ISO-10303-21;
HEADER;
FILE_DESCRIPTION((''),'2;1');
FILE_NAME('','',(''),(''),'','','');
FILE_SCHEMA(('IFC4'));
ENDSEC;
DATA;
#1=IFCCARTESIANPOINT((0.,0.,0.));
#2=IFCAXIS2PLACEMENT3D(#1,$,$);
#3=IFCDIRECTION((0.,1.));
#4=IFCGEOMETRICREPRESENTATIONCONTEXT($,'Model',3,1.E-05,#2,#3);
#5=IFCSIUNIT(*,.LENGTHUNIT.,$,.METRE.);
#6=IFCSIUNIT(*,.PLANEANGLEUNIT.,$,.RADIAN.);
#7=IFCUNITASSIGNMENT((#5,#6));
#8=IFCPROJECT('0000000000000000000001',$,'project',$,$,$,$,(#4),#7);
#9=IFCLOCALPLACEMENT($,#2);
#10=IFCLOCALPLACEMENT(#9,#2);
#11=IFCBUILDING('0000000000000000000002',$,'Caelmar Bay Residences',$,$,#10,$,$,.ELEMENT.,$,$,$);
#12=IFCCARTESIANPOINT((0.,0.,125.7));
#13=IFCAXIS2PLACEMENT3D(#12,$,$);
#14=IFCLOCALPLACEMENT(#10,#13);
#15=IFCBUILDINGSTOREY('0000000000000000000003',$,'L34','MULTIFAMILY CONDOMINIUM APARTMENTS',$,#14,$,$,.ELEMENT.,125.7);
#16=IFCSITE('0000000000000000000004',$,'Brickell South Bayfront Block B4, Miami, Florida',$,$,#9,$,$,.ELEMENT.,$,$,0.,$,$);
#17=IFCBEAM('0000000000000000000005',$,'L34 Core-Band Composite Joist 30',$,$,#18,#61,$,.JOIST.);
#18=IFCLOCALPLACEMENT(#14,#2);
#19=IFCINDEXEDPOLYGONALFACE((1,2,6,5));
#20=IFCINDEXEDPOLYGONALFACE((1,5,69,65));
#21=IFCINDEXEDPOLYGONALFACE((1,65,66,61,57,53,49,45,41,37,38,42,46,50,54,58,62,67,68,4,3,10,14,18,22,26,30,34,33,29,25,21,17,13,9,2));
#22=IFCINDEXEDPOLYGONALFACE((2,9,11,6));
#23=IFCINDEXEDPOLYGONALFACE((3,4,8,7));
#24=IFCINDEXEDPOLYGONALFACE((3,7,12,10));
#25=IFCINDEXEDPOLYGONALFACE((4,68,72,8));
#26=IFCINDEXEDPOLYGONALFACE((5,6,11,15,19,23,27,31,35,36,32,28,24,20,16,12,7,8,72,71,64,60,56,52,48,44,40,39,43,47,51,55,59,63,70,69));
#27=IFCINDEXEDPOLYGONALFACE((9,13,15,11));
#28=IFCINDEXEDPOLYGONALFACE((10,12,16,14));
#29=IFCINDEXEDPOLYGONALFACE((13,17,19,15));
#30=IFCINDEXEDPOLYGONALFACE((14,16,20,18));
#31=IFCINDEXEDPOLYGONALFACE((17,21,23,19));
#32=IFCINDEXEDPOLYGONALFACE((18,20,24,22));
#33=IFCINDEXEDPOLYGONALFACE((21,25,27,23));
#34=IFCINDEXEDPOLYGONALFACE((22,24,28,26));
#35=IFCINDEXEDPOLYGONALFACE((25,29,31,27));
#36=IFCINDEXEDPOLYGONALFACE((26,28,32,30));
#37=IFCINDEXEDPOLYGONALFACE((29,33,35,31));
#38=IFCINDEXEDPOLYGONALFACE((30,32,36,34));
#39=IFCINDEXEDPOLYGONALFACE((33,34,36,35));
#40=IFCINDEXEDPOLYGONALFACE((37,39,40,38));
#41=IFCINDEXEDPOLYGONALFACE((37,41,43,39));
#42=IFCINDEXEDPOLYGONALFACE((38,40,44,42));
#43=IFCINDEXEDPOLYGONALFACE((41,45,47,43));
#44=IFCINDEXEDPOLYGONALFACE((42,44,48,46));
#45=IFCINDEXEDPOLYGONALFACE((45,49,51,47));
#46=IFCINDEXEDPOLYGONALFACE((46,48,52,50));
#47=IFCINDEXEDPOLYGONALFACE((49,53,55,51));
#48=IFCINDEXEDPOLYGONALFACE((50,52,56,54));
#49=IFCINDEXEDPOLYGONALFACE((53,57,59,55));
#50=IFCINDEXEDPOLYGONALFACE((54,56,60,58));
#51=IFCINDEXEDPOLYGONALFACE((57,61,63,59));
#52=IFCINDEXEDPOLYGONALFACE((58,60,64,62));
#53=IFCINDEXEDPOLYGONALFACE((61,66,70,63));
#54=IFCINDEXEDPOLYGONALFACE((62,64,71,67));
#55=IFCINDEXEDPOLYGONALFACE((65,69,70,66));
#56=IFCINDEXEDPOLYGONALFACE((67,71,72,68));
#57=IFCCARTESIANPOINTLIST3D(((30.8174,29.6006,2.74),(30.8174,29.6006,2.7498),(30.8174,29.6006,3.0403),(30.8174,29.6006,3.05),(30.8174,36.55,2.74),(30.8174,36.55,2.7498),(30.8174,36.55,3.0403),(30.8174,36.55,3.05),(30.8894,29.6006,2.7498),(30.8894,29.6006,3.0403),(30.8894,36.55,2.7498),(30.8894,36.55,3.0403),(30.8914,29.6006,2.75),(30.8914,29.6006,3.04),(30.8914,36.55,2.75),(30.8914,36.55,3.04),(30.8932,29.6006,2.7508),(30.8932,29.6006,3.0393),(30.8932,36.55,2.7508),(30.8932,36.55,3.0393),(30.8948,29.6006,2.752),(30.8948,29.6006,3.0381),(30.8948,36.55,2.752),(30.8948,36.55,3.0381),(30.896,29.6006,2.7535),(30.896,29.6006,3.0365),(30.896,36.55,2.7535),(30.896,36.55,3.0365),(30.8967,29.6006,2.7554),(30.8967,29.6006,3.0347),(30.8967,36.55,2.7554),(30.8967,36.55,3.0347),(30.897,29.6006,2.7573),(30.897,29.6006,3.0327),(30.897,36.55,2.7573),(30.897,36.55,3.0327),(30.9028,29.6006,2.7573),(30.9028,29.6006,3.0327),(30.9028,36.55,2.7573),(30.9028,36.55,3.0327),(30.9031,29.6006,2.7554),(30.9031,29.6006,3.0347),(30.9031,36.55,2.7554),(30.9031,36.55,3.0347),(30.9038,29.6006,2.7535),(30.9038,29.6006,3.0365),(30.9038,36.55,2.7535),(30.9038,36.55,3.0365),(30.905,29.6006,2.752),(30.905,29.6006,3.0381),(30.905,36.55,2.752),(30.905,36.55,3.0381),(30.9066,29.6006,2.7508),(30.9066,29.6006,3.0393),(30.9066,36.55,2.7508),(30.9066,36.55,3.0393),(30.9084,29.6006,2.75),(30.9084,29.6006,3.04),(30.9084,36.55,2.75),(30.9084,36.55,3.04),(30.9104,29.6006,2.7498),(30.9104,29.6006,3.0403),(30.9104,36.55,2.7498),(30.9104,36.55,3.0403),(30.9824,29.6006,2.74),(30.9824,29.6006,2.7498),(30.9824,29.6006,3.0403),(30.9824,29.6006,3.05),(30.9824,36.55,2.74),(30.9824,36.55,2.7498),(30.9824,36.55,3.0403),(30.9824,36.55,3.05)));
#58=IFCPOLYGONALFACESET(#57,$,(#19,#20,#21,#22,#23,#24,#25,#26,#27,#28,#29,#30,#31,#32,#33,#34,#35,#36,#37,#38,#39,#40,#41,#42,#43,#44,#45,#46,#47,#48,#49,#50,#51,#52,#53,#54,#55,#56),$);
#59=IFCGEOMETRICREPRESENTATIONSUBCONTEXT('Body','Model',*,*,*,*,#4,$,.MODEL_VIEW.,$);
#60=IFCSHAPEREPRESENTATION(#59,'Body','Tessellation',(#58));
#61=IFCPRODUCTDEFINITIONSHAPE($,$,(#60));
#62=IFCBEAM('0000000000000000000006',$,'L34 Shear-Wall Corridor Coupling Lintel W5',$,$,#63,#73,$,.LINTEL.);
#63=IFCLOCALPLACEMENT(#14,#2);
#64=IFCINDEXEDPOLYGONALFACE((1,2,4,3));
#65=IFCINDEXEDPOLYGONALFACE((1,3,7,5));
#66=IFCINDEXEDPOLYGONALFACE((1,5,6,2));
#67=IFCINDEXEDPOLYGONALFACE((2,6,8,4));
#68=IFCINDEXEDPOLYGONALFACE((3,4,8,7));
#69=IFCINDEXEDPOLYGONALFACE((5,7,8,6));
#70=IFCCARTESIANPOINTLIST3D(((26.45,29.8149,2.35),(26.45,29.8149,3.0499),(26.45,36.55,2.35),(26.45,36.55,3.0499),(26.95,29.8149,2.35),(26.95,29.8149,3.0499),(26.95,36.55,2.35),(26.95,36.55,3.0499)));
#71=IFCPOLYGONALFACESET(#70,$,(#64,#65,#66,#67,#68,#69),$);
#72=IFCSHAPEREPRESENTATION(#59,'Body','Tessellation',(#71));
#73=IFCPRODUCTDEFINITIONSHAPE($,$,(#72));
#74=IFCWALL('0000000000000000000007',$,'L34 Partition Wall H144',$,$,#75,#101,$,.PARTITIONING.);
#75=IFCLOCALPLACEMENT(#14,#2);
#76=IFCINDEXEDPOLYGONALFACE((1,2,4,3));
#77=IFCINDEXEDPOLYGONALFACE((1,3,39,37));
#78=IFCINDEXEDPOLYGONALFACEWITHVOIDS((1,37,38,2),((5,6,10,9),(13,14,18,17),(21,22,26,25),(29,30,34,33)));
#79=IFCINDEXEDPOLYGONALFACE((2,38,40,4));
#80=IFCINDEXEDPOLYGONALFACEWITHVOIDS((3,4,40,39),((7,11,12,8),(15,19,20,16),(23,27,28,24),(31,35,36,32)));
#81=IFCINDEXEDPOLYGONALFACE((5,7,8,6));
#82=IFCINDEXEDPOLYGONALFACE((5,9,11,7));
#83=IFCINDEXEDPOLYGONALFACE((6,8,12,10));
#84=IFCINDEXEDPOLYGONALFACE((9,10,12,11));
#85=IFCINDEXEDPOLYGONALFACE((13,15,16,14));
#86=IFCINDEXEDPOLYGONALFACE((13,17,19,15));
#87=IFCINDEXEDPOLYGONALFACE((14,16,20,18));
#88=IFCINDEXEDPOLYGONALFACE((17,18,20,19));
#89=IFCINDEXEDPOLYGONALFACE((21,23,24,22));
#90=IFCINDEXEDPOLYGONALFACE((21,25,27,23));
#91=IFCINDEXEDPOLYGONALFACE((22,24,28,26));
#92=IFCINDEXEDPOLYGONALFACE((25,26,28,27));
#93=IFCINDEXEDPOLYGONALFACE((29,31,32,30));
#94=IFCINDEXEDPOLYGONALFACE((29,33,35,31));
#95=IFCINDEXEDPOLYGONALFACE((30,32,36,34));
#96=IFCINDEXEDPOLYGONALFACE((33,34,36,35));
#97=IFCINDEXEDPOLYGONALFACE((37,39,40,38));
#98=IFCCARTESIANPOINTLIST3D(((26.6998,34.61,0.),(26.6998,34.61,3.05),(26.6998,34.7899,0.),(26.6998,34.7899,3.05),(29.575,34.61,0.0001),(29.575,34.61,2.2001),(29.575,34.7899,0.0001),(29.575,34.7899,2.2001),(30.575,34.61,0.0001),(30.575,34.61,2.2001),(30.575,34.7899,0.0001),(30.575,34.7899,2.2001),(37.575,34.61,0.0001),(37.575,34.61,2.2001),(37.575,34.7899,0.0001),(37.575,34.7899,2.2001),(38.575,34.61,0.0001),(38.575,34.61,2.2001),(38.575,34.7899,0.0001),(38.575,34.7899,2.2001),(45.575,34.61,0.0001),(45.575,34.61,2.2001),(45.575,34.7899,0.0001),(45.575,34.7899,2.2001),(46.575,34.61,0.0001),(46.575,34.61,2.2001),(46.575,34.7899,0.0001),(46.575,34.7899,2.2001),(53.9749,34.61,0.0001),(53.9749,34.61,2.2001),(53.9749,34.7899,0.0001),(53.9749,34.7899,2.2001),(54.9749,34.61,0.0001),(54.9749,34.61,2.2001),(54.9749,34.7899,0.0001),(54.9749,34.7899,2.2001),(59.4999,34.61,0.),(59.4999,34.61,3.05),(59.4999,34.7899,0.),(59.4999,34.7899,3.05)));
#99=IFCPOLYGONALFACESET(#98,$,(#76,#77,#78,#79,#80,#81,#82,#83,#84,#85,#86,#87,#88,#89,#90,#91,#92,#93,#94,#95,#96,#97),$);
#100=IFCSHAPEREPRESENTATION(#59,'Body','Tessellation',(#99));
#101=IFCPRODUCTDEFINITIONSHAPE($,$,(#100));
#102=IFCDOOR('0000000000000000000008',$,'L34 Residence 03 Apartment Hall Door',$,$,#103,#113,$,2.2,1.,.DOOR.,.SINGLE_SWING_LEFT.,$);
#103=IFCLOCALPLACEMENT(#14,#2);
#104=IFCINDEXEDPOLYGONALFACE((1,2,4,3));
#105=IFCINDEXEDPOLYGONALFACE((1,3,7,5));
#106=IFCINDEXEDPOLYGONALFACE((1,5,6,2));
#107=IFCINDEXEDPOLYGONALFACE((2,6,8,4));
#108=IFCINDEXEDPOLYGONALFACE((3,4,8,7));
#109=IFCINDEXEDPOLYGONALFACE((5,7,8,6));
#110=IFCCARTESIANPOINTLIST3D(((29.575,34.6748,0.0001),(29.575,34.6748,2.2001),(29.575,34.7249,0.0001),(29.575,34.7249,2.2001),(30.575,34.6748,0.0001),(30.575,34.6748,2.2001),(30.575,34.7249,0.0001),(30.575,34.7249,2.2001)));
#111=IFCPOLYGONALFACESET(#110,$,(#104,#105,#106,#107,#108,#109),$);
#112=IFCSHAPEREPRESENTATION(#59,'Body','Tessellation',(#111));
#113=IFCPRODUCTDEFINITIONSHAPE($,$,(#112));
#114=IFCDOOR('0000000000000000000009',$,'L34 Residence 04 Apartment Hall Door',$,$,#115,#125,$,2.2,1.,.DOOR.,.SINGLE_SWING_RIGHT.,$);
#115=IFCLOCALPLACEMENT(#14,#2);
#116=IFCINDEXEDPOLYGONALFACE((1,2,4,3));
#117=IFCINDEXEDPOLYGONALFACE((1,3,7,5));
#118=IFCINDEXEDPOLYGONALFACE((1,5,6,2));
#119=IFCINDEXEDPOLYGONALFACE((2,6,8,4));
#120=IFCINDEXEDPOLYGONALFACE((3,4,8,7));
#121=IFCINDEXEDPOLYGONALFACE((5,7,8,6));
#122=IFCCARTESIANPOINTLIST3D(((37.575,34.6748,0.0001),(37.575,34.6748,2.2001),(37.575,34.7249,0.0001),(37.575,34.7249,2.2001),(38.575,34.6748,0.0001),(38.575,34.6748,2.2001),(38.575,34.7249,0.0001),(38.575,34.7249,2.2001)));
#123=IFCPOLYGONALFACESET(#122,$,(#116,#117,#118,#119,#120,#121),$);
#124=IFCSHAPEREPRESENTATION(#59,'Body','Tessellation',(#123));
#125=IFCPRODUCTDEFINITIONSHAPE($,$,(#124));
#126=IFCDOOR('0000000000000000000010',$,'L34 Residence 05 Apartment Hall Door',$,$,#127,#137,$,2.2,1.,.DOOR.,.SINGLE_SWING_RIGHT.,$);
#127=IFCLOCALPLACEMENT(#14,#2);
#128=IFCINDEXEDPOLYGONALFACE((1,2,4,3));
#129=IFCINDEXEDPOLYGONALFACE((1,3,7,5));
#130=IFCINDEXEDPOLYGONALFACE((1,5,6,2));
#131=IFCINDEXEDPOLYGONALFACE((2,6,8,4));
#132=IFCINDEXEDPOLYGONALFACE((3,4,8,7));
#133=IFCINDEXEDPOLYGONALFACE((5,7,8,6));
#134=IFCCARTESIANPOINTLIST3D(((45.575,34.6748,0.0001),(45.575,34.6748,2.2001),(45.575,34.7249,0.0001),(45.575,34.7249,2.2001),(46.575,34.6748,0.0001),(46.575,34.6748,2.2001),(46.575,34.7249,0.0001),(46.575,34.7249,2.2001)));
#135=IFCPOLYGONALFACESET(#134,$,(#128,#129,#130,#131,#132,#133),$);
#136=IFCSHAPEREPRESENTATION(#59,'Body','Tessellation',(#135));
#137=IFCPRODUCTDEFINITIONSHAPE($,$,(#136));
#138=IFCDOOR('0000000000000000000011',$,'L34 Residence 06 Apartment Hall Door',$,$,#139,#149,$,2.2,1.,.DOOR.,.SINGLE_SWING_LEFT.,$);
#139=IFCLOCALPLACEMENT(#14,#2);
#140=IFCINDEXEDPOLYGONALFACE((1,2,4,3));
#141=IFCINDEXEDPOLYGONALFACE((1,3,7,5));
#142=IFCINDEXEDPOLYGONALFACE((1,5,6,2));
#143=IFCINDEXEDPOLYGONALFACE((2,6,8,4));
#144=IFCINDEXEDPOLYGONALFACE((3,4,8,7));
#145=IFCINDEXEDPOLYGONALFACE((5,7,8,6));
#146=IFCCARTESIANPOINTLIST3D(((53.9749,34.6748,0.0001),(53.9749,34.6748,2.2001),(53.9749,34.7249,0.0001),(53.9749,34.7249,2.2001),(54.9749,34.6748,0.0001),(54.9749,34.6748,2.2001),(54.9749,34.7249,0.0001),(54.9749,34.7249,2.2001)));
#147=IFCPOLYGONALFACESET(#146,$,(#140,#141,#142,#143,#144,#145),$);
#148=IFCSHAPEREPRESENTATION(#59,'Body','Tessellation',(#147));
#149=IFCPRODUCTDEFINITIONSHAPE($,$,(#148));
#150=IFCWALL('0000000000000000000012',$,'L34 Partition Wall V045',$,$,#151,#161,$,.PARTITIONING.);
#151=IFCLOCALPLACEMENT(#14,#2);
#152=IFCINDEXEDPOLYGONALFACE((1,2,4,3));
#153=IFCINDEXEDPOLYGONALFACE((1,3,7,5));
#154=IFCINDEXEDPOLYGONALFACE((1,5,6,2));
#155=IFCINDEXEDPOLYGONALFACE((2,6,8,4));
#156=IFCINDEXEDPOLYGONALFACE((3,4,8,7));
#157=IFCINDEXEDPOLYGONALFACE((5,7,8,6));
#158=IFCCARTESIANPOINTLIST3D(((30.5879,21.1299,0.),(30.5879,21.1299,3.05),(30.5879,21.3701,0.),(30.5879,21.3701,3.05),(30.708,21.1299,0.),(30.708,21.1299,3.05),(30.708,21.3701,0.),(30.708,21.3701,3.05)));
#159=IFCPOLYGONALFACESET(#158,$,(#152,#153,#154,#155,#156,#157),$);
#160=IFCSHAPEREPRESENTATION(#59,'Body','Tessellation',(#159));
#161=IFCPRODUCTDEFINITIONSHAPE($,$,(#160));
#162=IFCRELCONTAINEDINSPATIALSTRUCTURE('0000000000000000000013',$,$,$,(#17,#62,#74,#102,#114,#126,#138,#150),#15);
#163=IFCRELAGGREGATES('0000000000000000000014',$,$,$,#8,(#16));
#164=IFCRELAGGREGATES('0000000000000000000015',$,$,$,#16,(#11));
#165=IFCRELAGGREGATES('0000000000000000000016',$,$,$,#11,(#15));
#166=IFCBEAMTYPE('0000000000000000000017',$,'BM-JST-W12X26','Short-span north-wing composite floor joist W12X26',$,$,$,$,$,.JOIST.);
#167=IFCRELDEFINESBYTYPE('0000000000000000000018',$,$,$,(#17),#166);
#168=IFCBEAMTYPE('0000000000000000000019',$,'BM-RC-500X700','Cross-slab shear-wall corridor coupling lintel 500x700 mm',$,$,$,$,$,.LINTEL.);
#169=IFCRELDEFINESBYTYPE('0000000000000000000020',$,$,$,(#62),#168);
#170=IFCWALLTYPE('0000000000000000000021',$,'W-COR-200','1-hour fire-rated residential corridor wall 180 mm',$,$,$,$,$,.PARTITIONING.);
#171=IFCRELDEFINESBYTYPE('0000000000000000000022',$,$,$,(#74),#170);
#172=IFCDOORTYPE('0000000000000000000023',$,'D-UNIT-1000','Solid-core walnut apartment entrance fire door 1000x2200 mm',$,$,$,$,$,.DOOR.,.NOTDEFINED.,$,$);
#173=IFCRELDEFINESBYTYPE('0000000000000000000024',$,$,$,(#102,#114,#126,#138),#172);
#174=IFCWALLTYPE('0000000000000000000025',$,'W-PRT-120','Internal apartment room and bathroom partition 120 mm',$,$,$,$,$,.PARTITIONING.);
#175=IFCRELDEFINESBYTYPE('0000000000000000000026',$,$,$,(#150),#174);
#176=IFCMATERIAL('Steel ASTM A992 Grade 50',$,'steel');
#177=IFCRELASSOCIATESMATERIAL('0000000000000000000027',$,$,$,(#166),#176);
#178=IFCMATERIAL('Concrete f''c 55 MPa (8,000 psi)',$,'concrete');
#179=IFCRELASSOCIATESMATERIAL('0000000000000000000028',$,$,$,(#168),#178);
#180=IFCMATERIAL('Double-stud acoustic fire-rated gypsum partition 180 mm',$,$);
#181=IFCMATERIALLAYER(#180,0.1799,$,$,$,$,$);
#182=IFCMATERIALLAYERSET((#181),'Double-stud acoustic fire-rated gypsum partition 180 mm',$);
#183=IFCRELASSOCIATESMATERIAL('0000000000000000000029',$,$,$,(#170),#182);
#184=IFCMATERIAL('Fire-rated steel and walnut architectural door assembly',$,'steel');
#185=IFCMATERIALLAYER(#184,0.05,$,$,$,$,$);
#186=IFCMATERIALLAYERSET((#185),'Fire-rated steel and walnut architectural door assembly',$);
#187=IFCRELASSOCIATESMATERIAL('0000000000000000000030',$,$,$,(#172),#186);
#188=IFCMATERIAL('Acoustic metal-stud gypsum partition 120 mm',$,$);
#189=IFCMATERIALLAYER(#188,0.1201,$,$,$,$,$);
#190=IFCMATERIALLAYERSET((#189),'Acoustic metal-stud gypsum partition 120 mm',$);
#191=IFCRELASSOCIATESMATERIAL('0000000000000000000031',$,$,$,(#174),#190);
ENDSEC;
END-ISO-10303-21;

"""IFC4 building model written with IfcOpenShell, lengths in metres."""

from ifc_helpers import new_model, si_unit, direction, frame, frame_2d, origin, origin_2d, place, context, subcontext, project, spatial, rectangle, i_section, extrude, material, layer, layer_set, material_profile, profile_set, type_object, element, fill, save


model = new_model("IFC4")

# Units and contexts
model_context = context("Model", 3, precision=1e-05, world=origin(), true_north=direction((0.0, 1.0)))
body_context = subcontext(model_context, "Body", "Model", "MODEL_VIEW")
ifc_project = project(units=[si_unit("LENGTHUNIT", "METRE"), si_unit("PLANEANGLEUNIT", "RADIAN")], contexts=[model_context])

# Site, building, storey
site_placement = place(None, origin())
site = spatial("IfcSite", under=ifc_project, at=site_placement, Name="Brickell South Bayfront Block B4, Miami, Florida", CompositionType="ELEMENT", RefElevation=0.0)
building_placement = place(site_placement, origin())
building = spatial("IfcBuilding", under=site, at=building_placement, Name="Caelmar Bay Residences", CompositionType="ELEMENT")
storey_placement = place(building_placement, frame((0.0, 0.0, 125.7)))
storey = spatial("IfcBuildingStorey", under=building, at=storey_placement, Name="L34", Description="MULTIFAMILY CONDOMINIUM APARTMENTS", CompositionType="ELEMENT", Elevation=125.7)

# Beams
ifc_material_1 = material(Name="Steel ASTM A992 Grade 50", Category="steel")
ifc_material_profile_1 = material_profile(ifc_material_1, i_section(OverallWidth=0.165, OverallDepth=0.3101, WebThickness=0.0059, FlangeThickness=0.0098, FilletRadius=0.0076, at=origin_2d()), Name="W12X26")
ifc_profile_set_1 = profile_set([ifc_material_profile_1], Name="Steel ASTM A992 Grade 50")
beam_type_1 = type_object("IfcBeamType", Name="BM-JST-W12X26", Description="Short-span north-wing composite floor joist W12X26", PredefinedType="JOIST", material=ifc_profile_set_1)
beam_1_placement = place(storey_placement, frame((30.8999, 29.6006, 2.895), z_axis=(0.0, 1.0, 0.0), x_axis=(-1.0, 0.0, 0.0)))
element("IfcBeam", 1, at=beam_1_placement, inside=storey, type_object=beam_type_1, Name="L34 Core-Band Composite Joist 30", PredefinedType="JOIST", context=body_context, shape_type="SweptSolid", body=[
    extrude(i_section(OverallWidth=0.165, OverallDepth=0.3101, WebThickness=0.0059, FlangeThickness=0.0098, FilletRadius=0.0076, at=origin_2d()), origin(), (0.0, 0.0, 1.0), 6.9495),
])
ifc_material_2 = material(Name="Concrete f'c 55 MPa (8,000 psi)", Category="concrete")
ifc_material_profile_2 = material_profile(ifc_material_2, rectangle(XDim=0.5, YDim=0.7, at=origin_2d()), Name="RC-BM-500X700")
ifc_profile_set_2 = profile_set([ifc_material_profile_2], Name="Concrete f'c 55 MPa (8,000 psi)")
beam_type_2 = type_object("IfcBeamType", Name="BM-RC-500X700", Description="Cross-slab shear-wall corridor coupling lintel 500x700 mm", PredefinedType="LINTEL", material=ifc_profile_set_2)
beam_2_placement = place(storey_placement, frame((26.7, 29.8149, 2.7), z_axis=(0.0, 1.0, 0.0), x_axis=(-1.0, 0.0, 0.0)))
element("IfcBeam", 2, at=beam_2_placement, inside=storey, type_object=beam_type_2, Name="L34 Shear-Wall Corridor Coupling Lintel W5", PredefinedType="LINTEL", context=body_context, shape_type="SweptSolid", body=[
    extrude(rectangle(XDim=0.5, YDim=0.7, at=origin_2d()), origin(), (0.0, 0.0, 1.0), 6.7351),
])

# Wall, openings, doors
ifc_material_3 = material(Name="Double-stud acoustic fire-rated gypsum partition 180 mm")
ifc_layer_1 = layer(ifc_material_3, 0.1799)
ifc_layer_set_1 = layer_set([ifc_layer_1], Name="Double-stud acoustic fire-rated gypsum partition 180 mm")
wall_type_1 = type_object("IfcWallType", Name="W-COR-200", Description="1-hour fire-rated residential corridor wall 180 mm", PredefinedType="PARTITIONING", material=ifc_layer_set_1)
wall_1_placement = place(storey_placement, frame((26.7, 34.7, 0.0), z_axis=(0.0, 0.0, 1.0), x_axis=(1.0, 0.0, 0.0)))
wall_1 = element("IfcWall", 3, at=wall_1_placement, inside=storey, type_object=wall_type_1, Name="L34 Partition Wall H144", PredefinedType="PARTITIONING", context=body_context, shape_type="SweptSolid", body=[
    extrude(rectangle(XDim=32.8, YDim=0.1799, at=frame_2d((16.3999, 0.0))), origin(), (0.0, 0.0, 1.0), 3.05),
])
opening_1_placement = place(wall_1_placement, frame((2.875, 0.0, 0.0)))
opening_1 = element("IfcOpeningElement", 4, at=opening_1_placement, cuts=wall_1, PredefinedType="OPENING", context=body_context, shape_type="SweptSolid", body=[
    extrude(rectangle(XDim=1.0, YDim=2.2, at=frame_2d((0.5, 1.1001))), frame((0.0, 0.0999, 0.0), z_axis=(0.0, -1.0, 0.0), x_axis=(1.0, 0.0, 0.0)), (0.0, 0.0, 1.0), 0.2),
])
opening_2_placement = place(wall_1_placement, frame((10.875, 0.0, 0.0)))
opening_2 = element("IfcOpeningElement", 5, at=opening_2_placement, cuts=wall_1, PredefinedType="OPENING", context=body_context, shape_type="SweptSolid", body=[
    extrude(rectangle(XDim=1.0, YDim=2.2, at=frame_2d((0.5, 1.1001))), frame((0.0, 0.0999, 0.0), z_axis=(0.0, -1.0, 0.0), x_axis=(1.0, 0.0, 0.0)), (0.0, 0.0, 1.0), 0.2),
])
opening_3_placement = place(wall_1_placement, frame((18.875, 0.0, 0.0)))
opening_3 = element("IfcOpeningElement", 6, at=opening_3_placement, cuts=wall_1, PredefinedType="OPENING", context=body_context, shape_type="SweptSolid", body=[
    extrude(rectangle(XDim=1.0, YDim=2.2, at=frame_2d((0.5, 1.1001))), frame((0.0, 0.0999, 0.0), z_axis=(0.0, -1.0, 0.0), x_axis=(1.0, 0.0, 0.0)), (0.0, 0.0, 1.0), 0.2),
])
opening_4_placement = place(wall_1_placement, frame((27.2749, 0.0, 0.0)))
opening_4 = element("IfcOpeningElement", 7, at=opening_4_placement, cuts=wall_1, PredefinedType="OPENING", context=body_context, shape_type="SweptSolid", body=[
    extrude(rectangle(XDim=1.0, YDim=2.2, at=frame_2d((0.5, 1.1001))), frame((0.0, 0.0999, 0.0), z_axis=(0.0, -1.0, 0.0), x_axis=(1.0, 0.0, 0.0)), (0.0, 0.0, 1.0), 0.2),
])
ifc_material_4 = material(Name="Fire-rated steel and walnut architectural door assembly", Category="steel")
ifc_layer_2 = layer(ifc_material_4, 0.05)
ifc_layer_set_2 = layer_set([ifc_layer_2], Name="Fire-rated steel and walnut architectural door assembly")
door_type_1 = type_object("IfcDoorType", Name="D-UNIT-1000", Description="Solid-core walnut apartment entrance fire door 1000x2200 mm", OperationType="NOTDEFINED", PredefinedType="DOOR", material=ifc_layer_set_2)
door_1_placement = place(opening_1_placement, origin())
door_1 = element("IfcDoor", 8, at=door_1_placement, inside=storey, type_object=door_type_1, Name="L34 Residence 03 Apartment Hall Door", OperationType="SINGLE_SWING_LEFT", OverallHeight=2.2, OverallWidth=1.0, PredefinedType="DOOR", context=body_context, shape_type="SweptSolid", body=[
    extrude(rectangle(XDim=1.0, YDim=2.2, at=frame_2d((0.5, 1.1001))), frame((0.0, 0.0249, 0.0), z_axis=(0.0, -1.0, 0.0), x_axis=(1.0, 0.0, 0.0)), (0.0, 0.0, 1.0), 0.05),
])
fill(opening_1, door_1)
door_2_placement = place(opening_2_placement, origin())
door_2 = element("IfcDoor", 9, at=door_2_placement, inside=storey, type_object=door_type_1, Name="L34 Residence 04 Apartment Hall Door", OperationType="SINGLE_SWING_RIGHT", OverallHeight=2.2, OverallWidth=1.0, PredefinedType="DOOR", context=body_context, shape_type="SweptSolid", body=[
    extrude(rectangle(XDim=1.0, YDim=2.2, at=frame_2d((0.5, 1.1001))), frame((0.0, 0.0249, 0.0), z_axis=(0.0, -1.0, 0.0), x_axis=(1.0, 0.0, 0.0)), (0.0, 0.0, 1.0), 0.05),
])
fill(opening_2, door_2)
door_3_placement = place(opening_3_placement, origin())
door_3 = element("IfcDoor", 10, at=door_3_placement, inside=storey, type_object=door_type_1, Name="L34 Residence 05 Apartment Hall Door", OperationType="SINGLE_SWING_RIGHT", OverallHeight=2.2, OverallWidth=1.0, PredefinedType="DOOR", context=body_context, shape_type="SweptSolid", body=[
    extrude(rectangle(XDim=1.0, YDim=2.2, at=frame_2d((0.5, 1.1001))), frame((0.0, 0.0249, 0.0), z_axis=(0.0, -1.0, 0.0), x_axis=(1.0, 0.0, 0.0)), (0.0, 0.0, 1.0), 0.05),
])
fill(opening_3, door_3)
door_4_placement = place(opening_4_placement, origin())
door_4 = element("IfcDoor", 11, at=door_4_placement, inside=storey, type_object=door_type_1, Name="L34 Residence 06 Apartment Hall Door", OperationType="SINGLE_SWING_LEFT", OverallHeight=2.2, OverallWidth=1.0, PredefinedType="DOOR", context=body_context, shape_type="SweptSolid", body=[
    extrude(rectangle(XDim=1.0, YDim=2.2, at=frame_2d((0.5, 1.1001))), frame((0.0, 0.0249, 0.0), z_axis=(0.0, -1.0, 0.0), x_axis=(1.0, 0.0, 0.0)), (0.0, 0.0, 1.0), 0.05),
])
fill(opening_4, door_4)

# Wall
ifc_material_5 = material(Name="Acoustic metal-stud gypsum partition 120 mm")
ifc_layer_3 = layer(ifc_material_5, 0.1201)
ifc_layer_set_3 = layer_set([ifc_layer_3], Name="Acoustic metal-stud gypsum partition 120 mm")
wall_type_2 = type_object("IfcWallType", Name="W-PRT-120", Description="Internal apartment room and bathroom partition 120 mm", PredefinedType="PARTITIONING", material=ifc_layer_set_3)
wall_2_placement = place(storey_placement, frame((30.6479, 21.1299, 0.0), z_axis=(0.0, 0.0, 1.0), x_axis=(0.0, 1.0, 0.0)))
element("IfcWall", 12, at=wall_2_placement, inside=storey, type_object=wall_type_2, Name="L34 Partition Wall V045", PredefinedType="PARTITIONING", context=body_context, shape_type="SweptSolid", body=[
    extrude(rectangle(XDim=0.2402, YDim=0.1201, at=frame_2d((0.1201, 0.0))), origin(), (0.0, 0.0, 1.0), 3.05),
])

save(model, "model.ifc")
